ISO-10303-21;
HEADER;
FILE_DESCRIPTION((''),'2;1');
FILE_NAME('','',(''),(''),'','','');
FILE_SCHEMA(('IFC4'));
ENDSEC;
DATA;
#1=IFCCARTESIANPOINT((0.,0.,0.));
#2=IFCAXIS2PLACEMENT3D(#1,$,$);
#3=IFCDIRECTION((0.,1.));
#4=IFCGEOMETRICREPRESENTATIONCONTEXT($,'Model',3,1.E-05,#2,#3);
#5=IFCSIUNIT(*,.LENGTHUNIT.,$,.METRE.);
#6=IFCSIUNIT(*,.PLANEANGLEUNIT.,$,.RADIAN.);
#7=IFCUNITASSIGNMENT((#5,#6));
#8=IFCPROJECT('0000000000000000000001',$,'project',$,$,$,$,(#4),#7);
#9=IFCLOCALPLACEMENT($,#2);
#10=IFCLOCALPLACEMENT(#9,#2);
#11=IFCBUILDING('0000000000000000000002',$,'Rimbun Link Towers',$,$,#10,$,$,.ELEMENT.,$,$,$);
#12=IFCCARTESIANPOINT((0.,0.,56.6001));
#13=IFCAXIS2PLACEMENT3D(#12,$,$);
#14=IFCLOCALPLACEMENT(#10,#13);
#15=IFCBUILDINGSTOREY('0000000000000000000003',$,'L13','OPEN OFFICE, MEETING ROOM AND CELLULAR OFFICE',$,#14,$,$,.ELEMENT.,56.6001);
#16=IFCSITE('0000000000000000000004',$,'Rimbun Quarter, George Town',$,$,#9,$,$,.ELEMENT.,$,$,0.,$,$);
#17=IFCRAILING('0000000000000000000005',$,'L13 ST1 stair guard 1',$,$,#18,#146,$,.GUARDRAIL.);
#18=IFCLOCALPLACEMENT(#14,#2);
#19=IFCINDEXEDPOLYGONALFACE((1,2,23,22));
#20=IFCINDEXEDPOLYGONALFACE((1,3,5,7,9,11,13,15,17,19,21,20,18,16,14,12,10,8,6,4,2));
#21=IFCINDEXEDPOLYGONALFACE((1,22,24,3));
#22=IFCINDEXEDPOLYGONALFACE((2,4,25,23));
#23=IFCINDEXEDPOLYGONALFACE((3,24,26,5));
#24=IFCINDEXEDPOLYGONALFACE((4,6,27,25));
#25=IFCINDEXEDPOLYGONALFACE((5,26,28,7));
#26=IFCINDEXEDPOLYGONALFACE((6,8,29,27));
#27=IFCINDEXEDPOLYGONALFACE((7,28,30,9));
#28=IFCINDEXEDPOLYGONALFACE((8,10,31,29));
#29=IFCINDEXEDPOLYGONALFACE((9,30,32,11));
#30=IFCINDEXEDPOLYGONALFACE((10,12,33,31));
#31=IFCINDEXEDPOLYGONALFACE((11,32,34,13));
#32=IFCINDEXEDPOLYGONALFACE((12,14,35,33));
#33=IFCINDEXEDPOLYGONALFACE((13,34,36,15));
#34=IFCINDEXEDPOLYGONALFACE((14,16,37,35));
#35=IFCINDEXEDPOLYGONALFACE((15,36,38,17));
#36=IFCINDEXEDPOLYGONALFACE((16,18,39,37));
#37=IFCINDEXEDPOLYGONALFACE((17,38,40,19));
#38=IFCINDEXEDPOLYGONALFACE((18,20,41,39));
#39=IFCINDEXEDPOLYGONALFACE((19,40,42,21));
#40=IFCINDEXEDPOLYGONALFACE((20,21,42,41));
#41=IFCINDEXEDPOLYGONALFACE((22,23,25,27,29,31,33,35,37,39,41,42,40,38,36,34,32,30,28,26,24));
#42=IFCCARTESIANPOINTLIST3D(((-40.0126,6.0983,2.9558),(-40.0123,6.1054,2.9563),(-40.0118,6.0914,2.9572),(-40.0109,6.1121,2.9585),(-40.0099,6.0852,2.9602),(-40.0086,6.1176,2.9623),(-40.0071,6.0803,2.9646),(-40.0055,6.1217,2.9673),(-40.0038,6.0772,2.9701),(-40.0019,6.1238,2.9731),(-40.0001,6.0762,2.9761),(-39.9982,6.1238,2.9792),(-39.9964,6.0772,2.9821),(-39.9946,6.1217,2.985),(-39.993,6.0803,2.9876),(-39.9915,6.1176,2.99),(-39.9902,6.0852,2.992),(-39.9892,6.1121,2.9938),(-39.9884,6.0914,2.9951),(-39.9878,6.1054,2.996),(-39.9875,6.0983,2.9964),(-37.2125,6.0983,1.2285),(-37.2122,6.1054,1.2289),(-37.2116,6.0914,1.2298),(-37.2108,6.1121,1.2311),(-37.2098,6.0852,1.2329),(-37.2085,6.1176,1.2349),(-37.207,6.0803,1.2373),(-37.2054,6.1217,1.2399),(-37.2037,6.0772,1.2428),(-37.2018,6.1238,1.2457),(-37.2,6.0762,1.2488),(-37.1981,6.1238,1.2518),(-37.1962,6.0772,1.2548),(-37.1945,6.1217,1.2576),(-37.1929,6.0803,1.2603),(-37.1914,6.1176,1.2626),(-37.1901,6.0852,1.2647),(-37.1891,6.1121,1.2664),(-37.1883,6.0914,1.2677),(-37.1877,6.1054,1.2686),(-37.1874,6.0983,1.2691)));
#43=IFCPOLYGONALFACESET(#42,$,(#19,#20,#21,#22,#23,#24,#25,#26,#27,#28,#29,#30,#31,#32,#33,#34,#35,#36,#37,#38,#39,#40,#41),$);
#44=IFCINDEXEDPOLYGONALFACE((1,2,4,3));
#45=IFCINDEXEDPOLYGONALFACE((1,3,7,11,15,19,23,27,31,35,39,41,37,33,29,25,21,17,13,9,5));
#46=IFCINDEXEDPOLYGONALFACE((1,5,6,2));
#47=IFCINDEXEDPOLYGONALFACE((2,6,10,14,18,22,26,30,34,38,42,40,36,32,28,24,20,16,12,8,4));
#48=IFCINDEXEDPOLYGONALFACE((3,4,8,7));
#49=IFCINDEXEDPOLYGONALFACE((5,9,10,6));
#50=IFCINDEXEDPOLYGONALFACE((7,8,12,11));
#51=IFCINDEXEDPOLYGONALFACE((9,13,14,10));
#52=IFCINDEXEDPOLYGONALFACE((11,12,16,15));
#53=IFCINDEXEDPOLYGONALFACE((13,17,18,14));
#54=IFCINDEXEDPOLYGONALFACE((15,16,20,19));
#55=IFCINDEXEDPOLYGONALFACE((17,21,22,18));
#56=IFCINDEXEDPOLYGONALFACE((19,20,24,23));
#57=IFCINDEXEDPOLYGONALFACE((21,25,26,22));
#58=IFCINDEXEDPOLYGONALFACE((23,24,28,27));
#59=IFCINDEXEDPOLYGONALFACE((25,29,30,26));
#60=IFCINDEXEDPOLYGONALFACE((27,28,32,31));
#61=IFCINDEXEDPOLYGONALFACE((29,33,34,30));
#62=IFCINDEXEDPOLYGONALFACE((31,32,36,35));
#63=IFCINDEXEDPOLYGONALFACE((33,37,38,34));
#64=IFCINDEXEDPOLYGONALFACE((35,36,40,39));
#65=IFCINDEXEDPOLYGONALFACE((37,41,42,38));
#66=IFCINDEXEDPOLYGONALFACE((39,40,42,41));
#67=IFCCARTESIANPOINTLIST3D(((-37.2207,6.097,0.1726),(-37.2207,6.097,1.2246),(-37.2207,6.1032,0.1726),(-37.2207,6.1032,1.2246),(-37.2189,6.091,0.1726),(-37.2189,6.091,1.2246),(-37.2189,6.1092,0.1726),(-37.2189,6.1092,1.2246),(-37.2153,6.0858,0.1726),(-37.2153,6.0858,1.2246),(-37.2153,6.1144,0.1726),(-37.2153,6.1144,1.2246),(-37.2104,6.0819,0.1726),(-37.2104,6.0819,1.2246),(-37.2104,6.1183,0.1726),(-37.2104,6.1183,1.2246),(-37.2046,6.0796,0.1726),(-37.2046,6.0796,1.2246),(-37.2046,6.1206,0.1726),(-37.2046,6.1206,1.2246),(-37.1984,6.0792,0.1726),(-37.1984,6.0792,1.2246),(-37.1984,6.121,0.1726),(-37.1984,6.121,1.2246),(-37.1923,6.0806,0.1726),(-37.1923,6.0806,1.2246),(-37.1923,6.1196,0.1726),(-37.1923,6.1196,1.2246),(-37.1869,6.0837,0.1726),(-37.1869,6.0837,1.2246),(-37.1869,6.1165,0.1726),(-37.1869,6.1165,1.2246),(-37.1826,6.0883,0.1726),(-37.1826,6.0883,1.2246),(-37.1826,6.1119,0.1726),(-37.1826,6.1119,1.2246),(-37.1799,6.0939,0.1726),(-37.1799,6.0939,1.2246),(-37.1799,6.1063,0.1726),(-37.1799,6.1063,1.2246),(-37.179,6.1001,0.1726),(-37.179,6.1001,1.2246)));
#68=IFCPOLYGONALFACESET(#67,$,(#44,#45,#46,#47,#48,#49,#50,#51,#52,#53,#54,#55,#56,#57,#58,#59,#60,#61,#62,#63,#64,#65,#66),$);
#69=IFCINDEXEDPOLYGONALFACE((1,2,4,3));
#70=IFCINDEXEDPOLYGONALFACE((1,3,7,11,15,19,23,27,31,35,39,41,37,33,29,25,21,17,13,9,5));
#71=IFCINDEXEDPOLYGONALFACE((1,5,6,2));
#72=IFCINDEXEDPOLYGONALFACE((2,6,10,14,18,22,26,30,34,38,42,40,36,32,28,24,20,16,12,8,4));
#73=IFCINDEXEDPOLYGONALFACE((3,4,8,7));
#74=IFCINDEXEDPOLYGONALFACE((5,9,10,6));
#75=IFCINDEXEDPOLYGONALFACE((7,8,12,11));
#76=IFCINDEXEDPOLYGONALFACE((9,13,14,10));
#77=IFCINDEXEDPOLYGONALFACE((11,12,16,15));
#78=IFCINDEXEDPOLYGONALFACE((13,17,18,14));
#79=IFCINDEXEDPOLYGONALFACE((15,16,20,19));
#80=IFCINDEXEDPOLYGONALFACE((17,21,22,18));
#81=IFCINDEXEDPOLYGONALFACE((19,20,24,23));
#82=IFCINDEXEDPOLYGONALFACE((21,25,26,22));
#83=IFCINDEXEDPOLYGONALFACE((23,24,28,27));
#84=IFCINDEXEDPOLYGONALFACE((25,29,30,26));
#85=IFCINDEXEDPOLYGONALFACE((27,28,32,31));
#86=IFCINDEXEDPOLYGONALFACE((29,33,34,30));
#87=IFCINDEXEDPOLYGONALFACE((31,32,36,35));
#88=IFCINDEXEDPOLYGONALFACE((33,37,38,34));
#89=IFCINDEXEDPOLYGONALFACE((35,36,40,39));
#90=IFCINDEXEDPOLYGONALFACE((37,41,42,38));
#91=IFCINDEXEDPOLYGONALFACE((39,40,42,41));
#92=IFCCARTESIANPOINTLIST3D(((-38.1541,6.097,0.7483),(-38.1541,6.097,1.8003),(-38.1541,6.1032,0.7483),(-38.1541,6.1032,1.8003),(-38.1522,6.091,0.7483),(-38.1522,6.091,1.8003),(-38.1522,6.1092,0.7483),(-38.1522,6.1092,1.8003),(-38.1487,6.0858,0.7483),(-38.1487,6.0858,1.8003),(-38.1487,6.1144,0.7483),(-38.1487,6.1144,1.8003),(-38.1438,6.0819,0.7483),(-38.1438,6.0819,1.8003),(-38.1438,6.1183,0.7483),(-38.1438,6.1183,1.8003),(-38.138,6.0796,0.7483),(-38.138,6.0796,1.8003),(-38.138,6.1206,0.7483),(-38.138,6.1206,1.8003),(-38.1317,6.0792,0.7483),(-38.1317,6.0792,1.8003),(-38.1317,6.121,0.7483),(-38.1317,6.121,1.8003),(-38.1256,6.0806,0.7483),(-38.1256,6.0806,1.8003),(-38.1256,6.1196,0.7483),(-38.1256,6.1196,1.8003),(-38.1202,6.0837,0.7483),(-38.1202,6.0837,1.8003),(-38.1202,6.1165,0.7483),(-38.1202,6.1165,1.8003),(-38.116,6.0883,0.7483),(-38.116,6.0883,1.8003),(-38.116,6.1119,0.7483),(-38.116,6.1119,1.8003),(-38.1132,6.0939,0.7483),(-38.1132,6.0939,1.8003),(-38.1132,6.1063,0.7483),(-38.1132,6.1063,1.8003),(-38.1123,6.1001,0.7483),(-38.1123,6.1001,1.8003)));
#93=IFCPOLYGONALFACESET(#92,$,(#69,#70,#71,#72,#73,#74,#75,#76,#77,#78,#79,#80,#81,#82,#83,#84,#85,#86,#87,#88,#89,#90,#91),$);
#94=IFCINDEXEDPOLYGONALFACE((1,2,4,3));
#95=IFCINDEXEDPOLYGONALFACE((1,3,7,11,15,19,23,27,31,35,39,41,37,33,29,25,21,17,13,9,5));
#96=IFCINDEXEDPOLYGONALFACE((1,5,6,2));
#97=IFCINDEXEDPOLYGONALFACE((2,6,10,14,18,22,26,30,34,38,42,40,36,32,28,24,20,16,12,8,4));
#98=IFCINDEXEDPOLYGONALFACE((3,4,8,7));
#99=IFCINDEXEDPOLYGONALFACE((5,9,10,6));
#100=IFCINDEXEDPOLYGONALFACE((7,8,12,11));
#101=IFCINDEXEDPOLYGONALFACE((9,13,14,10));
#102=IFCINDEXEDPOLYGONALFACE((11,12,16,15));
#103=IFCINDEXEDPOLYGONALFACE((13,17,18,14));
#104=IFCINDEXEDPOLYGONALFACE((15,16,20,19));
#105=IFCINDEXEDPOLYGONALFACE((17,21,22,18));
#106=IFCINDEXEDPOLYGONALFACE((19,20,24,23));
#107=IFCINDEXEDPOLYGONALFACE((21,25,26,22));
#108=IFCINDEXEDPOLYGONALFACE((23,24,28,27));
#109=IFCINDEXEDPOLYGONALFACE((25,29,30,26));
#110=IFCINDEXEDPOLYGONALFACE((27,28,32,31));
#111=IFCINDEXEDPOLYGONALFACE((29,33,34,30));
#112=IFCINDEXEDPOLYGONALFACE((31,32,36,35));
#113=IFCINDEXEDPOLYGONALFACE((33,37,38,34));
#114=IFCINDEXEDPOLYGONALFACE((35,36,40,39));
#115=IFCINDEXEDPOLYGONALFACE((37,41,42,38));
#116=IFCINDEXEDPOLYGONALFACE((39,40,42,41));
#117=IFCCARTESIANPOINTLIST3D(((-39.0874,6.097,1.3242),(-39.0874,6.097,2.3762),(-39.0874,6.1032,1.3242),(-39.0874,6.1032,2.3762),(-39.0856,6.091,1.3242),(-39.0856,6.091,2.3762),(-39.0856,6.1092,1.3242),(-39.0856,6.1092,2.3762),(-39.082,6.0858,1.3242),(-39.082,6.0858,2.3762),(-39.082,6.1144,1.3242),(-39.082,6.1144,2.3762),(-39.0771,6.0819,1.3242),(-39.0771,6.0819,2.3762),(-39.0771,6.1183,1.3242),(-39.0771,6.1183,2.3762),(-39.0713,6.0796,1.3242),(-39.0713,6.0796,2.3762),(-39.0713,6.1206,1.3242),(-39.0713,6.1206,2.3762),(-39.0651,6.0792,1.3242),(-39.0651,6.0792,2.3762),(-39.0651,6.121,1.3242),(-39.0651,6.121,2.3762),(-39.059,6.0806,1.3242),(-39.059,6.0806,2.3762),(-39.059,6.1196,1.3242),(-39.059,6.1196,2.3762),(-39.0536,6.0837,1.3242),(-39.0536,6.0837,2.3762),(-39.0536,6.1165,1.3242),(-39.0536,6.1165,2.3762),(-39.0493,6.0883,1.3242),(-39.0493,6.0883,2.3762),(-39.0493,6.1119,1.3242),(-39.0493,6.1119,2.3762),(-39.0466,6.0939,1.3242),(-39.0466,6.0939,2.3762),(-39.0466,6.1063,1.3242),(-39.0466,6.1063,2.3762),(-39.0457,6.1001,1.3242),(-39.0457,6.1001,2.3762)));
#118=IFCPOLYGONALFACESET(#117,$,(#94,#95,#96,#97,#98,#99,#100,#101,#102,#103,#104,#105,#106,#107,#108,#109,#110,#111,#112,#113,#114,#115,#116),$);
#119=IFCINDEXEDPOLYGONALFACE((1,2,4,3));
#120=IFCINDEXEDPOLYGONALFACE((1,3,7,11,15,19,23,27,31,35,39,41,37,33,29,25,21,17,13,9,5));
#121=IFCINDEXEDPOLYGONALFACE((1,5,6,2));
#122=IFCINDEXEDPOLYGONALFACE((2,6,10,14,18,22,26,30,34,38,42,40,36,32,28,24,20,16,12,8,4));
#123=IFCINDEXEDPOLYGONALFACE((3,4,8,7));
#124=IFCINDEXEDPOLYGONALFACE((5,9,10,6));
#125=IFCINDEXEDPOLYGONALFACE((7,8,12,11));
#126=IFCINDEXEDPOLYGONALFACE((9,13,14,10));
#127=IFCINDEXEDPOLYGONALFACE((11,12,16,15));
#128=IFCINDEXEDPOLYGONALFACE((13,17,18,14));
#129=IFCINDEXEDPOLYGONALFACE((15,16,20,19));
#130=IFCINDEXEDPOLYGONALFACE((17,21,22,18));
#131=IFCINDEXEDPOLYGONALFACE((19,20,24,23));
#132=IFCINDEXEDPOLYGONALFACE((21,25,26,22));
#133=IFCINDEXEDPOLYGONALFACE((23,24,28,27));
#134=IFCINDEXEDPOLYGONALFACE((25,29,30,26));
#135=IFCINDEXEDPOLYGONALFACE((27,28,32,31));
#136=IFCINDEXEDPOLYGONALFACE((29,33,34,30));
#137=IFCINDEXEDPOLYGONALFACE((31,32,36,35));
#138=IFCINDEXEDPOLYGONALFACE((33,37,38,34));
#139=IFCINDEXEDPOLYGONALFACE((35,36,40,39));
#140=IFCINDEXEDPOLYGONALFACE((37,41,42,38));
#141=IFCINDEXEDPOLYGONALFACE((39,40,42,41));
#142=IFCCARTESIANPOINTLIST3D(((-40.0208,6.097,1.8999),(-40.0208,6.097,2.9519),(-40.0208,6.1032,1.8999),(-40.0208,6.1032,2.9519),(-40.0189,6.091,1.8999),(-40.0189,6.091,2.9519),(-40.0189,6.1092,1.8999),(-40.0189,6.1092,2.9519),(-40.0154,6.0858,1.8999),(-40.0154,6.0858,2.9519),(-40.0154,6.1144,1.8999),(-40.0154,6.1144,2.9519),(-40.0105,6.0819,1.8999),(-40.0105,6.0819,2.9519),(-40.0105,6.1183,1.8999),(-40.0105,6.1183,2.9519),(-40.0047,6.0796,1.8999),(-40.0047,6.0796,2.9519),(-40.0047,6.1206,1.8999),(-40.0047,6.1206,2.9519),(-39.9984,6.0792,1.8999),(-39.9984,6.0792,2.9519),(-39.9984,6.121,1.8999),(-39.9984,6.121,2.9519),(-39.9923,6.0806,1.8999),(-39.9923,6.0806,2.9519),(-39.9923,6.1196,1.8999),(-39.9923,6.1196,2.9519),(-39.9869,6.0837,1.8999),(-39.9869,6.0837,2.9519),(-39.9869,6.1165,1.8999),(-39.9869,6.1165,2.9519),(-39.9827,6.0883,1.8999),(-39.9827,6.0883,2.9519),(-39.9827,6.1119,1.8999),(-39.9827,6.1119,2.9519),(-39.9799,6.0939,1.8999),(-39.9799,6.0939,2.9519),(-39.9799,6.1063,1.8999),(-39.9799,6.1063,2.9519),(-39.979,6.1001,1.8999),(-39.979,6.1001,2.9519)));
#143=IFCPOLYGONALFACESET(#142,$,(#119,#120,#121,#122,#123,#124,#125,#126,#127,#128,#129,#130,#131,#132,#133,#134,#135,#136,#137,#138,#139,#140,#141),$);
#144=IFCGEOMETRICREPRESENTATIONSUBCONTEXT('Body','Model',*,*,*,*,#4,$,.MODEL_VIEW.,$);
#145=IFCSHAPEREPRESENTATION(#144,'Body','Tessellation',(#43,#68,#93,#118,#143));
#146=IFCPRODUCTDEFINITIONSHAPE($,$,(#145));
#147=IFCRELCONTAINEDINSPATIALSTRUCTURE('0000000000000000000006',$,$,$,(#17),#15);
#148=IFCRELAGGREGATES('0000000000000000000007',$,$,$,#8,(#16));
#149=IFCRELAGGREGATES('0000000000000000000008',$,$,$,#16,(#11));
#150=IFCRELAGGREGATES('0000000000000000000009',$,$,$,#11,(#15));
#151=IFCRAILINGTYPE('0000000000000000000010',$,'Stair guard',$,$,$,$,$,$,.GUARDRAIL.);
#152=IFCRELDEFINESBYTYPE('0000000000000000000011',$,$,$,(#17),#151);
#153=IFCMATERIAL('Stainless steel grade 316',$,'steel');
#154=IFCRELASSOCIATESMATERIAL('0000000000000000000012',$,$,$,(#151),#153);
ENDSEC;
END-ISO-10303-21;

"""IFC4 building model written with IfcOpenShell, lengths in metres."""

from ifc_helpers import new_model, si_unit, direction, frame, origin, origin_2d, place, context, subcontext, project, spatial, circle, extrude, material, type_object, element, save


model = new_model("IFC4")

# Units and contexts
model_context = context("Model", 3, precision=1e-05, world=origin(), true_north=direction((0.0, 1.0)))
body_context = subcontext(model_context, "Body", "Model", "MODEL_VIEW")
ifc_project = project(units=[si_unit("LENGTHUNIT", "METRE"), si_unit("PLANEANGLEUNIT", "RADIAN")], contexts=[model_context])

# Site, building, storey
site_placement = place(None, origin())
site = spatial("IfcSite", under=ifc_project, at=site_placement, Name="Rimbun Quarter, George Town", CompositionType="ELEMENT", RefElevation=0.0)
building_placement = place(site_placement, origin())
building = spatial("IfcBuilding", under=site, at=building_placement, Name="Rimbun Link Towers", CompositionType="ELEMENT")
storey_placement = place(building_placement, frame((0.0, 0.0, 56.6001)))
storey = spatial("IfcBuildingStorey", under=building, at=storey_placement, Name="L13", Description="OPEN OFFICE, MEETING ROOM AND CELLULAR OFFICE", CompositionType="ELEMENT", Elevation=56.6001)

# Railing
ifc_material_1 = material(Name="Stainless steel grade 316", Category="steel")
railing_type_1 = type_object("IfcRailingType", Name="Stair guard", PredefinedType="GUARDRAIL", material=ifc_material_1)
railing_1_placement = place(storey_placement, frame((-37.2, 6.1001, 0.1726)))
element("IfcRailing", 1, at=railing_1_placement, inside=storey, type_object=railing_type_1, Name="L13 ST1 stair guard 1", PredefinedType="GUARDRAIL", context=body_context, shape_type="SweptSolid", body=[
    extrude(circle(Radius=0.0239, at=origin_2d()), frame((0.0, 0.0, 1.0762), z_axis=(-0.85109, 0.0, 0.52502), x_axis=(0.0, -1.0, 0.0)), (0.0, 0.0, 1.0), 3.29),
    extrude(circle(Radius=0.021, at=origin_2d()), origin(), (0.0, 0.0, 1.0), 1.052),
    extrude(circle(Radius=0.021, at=origin_2d()), frame((-0.9333, 0.0, 0.5757)), (0.0, 0.0, 1.0), 1.052),
    extrude(circle(Radius=0.021, at=origin_2d()), frame((-1.8667, 0.0, 1.1516)), (0.0, 0.0, 1.0), 1.052),
    extrude(circle(Radius=0.021, at=origin_2d()), frame((-2.8, 0.0, 1.7273)), (0.0, 0.0, 1.0), 1.052),
])

save(model, "model.ifc")
